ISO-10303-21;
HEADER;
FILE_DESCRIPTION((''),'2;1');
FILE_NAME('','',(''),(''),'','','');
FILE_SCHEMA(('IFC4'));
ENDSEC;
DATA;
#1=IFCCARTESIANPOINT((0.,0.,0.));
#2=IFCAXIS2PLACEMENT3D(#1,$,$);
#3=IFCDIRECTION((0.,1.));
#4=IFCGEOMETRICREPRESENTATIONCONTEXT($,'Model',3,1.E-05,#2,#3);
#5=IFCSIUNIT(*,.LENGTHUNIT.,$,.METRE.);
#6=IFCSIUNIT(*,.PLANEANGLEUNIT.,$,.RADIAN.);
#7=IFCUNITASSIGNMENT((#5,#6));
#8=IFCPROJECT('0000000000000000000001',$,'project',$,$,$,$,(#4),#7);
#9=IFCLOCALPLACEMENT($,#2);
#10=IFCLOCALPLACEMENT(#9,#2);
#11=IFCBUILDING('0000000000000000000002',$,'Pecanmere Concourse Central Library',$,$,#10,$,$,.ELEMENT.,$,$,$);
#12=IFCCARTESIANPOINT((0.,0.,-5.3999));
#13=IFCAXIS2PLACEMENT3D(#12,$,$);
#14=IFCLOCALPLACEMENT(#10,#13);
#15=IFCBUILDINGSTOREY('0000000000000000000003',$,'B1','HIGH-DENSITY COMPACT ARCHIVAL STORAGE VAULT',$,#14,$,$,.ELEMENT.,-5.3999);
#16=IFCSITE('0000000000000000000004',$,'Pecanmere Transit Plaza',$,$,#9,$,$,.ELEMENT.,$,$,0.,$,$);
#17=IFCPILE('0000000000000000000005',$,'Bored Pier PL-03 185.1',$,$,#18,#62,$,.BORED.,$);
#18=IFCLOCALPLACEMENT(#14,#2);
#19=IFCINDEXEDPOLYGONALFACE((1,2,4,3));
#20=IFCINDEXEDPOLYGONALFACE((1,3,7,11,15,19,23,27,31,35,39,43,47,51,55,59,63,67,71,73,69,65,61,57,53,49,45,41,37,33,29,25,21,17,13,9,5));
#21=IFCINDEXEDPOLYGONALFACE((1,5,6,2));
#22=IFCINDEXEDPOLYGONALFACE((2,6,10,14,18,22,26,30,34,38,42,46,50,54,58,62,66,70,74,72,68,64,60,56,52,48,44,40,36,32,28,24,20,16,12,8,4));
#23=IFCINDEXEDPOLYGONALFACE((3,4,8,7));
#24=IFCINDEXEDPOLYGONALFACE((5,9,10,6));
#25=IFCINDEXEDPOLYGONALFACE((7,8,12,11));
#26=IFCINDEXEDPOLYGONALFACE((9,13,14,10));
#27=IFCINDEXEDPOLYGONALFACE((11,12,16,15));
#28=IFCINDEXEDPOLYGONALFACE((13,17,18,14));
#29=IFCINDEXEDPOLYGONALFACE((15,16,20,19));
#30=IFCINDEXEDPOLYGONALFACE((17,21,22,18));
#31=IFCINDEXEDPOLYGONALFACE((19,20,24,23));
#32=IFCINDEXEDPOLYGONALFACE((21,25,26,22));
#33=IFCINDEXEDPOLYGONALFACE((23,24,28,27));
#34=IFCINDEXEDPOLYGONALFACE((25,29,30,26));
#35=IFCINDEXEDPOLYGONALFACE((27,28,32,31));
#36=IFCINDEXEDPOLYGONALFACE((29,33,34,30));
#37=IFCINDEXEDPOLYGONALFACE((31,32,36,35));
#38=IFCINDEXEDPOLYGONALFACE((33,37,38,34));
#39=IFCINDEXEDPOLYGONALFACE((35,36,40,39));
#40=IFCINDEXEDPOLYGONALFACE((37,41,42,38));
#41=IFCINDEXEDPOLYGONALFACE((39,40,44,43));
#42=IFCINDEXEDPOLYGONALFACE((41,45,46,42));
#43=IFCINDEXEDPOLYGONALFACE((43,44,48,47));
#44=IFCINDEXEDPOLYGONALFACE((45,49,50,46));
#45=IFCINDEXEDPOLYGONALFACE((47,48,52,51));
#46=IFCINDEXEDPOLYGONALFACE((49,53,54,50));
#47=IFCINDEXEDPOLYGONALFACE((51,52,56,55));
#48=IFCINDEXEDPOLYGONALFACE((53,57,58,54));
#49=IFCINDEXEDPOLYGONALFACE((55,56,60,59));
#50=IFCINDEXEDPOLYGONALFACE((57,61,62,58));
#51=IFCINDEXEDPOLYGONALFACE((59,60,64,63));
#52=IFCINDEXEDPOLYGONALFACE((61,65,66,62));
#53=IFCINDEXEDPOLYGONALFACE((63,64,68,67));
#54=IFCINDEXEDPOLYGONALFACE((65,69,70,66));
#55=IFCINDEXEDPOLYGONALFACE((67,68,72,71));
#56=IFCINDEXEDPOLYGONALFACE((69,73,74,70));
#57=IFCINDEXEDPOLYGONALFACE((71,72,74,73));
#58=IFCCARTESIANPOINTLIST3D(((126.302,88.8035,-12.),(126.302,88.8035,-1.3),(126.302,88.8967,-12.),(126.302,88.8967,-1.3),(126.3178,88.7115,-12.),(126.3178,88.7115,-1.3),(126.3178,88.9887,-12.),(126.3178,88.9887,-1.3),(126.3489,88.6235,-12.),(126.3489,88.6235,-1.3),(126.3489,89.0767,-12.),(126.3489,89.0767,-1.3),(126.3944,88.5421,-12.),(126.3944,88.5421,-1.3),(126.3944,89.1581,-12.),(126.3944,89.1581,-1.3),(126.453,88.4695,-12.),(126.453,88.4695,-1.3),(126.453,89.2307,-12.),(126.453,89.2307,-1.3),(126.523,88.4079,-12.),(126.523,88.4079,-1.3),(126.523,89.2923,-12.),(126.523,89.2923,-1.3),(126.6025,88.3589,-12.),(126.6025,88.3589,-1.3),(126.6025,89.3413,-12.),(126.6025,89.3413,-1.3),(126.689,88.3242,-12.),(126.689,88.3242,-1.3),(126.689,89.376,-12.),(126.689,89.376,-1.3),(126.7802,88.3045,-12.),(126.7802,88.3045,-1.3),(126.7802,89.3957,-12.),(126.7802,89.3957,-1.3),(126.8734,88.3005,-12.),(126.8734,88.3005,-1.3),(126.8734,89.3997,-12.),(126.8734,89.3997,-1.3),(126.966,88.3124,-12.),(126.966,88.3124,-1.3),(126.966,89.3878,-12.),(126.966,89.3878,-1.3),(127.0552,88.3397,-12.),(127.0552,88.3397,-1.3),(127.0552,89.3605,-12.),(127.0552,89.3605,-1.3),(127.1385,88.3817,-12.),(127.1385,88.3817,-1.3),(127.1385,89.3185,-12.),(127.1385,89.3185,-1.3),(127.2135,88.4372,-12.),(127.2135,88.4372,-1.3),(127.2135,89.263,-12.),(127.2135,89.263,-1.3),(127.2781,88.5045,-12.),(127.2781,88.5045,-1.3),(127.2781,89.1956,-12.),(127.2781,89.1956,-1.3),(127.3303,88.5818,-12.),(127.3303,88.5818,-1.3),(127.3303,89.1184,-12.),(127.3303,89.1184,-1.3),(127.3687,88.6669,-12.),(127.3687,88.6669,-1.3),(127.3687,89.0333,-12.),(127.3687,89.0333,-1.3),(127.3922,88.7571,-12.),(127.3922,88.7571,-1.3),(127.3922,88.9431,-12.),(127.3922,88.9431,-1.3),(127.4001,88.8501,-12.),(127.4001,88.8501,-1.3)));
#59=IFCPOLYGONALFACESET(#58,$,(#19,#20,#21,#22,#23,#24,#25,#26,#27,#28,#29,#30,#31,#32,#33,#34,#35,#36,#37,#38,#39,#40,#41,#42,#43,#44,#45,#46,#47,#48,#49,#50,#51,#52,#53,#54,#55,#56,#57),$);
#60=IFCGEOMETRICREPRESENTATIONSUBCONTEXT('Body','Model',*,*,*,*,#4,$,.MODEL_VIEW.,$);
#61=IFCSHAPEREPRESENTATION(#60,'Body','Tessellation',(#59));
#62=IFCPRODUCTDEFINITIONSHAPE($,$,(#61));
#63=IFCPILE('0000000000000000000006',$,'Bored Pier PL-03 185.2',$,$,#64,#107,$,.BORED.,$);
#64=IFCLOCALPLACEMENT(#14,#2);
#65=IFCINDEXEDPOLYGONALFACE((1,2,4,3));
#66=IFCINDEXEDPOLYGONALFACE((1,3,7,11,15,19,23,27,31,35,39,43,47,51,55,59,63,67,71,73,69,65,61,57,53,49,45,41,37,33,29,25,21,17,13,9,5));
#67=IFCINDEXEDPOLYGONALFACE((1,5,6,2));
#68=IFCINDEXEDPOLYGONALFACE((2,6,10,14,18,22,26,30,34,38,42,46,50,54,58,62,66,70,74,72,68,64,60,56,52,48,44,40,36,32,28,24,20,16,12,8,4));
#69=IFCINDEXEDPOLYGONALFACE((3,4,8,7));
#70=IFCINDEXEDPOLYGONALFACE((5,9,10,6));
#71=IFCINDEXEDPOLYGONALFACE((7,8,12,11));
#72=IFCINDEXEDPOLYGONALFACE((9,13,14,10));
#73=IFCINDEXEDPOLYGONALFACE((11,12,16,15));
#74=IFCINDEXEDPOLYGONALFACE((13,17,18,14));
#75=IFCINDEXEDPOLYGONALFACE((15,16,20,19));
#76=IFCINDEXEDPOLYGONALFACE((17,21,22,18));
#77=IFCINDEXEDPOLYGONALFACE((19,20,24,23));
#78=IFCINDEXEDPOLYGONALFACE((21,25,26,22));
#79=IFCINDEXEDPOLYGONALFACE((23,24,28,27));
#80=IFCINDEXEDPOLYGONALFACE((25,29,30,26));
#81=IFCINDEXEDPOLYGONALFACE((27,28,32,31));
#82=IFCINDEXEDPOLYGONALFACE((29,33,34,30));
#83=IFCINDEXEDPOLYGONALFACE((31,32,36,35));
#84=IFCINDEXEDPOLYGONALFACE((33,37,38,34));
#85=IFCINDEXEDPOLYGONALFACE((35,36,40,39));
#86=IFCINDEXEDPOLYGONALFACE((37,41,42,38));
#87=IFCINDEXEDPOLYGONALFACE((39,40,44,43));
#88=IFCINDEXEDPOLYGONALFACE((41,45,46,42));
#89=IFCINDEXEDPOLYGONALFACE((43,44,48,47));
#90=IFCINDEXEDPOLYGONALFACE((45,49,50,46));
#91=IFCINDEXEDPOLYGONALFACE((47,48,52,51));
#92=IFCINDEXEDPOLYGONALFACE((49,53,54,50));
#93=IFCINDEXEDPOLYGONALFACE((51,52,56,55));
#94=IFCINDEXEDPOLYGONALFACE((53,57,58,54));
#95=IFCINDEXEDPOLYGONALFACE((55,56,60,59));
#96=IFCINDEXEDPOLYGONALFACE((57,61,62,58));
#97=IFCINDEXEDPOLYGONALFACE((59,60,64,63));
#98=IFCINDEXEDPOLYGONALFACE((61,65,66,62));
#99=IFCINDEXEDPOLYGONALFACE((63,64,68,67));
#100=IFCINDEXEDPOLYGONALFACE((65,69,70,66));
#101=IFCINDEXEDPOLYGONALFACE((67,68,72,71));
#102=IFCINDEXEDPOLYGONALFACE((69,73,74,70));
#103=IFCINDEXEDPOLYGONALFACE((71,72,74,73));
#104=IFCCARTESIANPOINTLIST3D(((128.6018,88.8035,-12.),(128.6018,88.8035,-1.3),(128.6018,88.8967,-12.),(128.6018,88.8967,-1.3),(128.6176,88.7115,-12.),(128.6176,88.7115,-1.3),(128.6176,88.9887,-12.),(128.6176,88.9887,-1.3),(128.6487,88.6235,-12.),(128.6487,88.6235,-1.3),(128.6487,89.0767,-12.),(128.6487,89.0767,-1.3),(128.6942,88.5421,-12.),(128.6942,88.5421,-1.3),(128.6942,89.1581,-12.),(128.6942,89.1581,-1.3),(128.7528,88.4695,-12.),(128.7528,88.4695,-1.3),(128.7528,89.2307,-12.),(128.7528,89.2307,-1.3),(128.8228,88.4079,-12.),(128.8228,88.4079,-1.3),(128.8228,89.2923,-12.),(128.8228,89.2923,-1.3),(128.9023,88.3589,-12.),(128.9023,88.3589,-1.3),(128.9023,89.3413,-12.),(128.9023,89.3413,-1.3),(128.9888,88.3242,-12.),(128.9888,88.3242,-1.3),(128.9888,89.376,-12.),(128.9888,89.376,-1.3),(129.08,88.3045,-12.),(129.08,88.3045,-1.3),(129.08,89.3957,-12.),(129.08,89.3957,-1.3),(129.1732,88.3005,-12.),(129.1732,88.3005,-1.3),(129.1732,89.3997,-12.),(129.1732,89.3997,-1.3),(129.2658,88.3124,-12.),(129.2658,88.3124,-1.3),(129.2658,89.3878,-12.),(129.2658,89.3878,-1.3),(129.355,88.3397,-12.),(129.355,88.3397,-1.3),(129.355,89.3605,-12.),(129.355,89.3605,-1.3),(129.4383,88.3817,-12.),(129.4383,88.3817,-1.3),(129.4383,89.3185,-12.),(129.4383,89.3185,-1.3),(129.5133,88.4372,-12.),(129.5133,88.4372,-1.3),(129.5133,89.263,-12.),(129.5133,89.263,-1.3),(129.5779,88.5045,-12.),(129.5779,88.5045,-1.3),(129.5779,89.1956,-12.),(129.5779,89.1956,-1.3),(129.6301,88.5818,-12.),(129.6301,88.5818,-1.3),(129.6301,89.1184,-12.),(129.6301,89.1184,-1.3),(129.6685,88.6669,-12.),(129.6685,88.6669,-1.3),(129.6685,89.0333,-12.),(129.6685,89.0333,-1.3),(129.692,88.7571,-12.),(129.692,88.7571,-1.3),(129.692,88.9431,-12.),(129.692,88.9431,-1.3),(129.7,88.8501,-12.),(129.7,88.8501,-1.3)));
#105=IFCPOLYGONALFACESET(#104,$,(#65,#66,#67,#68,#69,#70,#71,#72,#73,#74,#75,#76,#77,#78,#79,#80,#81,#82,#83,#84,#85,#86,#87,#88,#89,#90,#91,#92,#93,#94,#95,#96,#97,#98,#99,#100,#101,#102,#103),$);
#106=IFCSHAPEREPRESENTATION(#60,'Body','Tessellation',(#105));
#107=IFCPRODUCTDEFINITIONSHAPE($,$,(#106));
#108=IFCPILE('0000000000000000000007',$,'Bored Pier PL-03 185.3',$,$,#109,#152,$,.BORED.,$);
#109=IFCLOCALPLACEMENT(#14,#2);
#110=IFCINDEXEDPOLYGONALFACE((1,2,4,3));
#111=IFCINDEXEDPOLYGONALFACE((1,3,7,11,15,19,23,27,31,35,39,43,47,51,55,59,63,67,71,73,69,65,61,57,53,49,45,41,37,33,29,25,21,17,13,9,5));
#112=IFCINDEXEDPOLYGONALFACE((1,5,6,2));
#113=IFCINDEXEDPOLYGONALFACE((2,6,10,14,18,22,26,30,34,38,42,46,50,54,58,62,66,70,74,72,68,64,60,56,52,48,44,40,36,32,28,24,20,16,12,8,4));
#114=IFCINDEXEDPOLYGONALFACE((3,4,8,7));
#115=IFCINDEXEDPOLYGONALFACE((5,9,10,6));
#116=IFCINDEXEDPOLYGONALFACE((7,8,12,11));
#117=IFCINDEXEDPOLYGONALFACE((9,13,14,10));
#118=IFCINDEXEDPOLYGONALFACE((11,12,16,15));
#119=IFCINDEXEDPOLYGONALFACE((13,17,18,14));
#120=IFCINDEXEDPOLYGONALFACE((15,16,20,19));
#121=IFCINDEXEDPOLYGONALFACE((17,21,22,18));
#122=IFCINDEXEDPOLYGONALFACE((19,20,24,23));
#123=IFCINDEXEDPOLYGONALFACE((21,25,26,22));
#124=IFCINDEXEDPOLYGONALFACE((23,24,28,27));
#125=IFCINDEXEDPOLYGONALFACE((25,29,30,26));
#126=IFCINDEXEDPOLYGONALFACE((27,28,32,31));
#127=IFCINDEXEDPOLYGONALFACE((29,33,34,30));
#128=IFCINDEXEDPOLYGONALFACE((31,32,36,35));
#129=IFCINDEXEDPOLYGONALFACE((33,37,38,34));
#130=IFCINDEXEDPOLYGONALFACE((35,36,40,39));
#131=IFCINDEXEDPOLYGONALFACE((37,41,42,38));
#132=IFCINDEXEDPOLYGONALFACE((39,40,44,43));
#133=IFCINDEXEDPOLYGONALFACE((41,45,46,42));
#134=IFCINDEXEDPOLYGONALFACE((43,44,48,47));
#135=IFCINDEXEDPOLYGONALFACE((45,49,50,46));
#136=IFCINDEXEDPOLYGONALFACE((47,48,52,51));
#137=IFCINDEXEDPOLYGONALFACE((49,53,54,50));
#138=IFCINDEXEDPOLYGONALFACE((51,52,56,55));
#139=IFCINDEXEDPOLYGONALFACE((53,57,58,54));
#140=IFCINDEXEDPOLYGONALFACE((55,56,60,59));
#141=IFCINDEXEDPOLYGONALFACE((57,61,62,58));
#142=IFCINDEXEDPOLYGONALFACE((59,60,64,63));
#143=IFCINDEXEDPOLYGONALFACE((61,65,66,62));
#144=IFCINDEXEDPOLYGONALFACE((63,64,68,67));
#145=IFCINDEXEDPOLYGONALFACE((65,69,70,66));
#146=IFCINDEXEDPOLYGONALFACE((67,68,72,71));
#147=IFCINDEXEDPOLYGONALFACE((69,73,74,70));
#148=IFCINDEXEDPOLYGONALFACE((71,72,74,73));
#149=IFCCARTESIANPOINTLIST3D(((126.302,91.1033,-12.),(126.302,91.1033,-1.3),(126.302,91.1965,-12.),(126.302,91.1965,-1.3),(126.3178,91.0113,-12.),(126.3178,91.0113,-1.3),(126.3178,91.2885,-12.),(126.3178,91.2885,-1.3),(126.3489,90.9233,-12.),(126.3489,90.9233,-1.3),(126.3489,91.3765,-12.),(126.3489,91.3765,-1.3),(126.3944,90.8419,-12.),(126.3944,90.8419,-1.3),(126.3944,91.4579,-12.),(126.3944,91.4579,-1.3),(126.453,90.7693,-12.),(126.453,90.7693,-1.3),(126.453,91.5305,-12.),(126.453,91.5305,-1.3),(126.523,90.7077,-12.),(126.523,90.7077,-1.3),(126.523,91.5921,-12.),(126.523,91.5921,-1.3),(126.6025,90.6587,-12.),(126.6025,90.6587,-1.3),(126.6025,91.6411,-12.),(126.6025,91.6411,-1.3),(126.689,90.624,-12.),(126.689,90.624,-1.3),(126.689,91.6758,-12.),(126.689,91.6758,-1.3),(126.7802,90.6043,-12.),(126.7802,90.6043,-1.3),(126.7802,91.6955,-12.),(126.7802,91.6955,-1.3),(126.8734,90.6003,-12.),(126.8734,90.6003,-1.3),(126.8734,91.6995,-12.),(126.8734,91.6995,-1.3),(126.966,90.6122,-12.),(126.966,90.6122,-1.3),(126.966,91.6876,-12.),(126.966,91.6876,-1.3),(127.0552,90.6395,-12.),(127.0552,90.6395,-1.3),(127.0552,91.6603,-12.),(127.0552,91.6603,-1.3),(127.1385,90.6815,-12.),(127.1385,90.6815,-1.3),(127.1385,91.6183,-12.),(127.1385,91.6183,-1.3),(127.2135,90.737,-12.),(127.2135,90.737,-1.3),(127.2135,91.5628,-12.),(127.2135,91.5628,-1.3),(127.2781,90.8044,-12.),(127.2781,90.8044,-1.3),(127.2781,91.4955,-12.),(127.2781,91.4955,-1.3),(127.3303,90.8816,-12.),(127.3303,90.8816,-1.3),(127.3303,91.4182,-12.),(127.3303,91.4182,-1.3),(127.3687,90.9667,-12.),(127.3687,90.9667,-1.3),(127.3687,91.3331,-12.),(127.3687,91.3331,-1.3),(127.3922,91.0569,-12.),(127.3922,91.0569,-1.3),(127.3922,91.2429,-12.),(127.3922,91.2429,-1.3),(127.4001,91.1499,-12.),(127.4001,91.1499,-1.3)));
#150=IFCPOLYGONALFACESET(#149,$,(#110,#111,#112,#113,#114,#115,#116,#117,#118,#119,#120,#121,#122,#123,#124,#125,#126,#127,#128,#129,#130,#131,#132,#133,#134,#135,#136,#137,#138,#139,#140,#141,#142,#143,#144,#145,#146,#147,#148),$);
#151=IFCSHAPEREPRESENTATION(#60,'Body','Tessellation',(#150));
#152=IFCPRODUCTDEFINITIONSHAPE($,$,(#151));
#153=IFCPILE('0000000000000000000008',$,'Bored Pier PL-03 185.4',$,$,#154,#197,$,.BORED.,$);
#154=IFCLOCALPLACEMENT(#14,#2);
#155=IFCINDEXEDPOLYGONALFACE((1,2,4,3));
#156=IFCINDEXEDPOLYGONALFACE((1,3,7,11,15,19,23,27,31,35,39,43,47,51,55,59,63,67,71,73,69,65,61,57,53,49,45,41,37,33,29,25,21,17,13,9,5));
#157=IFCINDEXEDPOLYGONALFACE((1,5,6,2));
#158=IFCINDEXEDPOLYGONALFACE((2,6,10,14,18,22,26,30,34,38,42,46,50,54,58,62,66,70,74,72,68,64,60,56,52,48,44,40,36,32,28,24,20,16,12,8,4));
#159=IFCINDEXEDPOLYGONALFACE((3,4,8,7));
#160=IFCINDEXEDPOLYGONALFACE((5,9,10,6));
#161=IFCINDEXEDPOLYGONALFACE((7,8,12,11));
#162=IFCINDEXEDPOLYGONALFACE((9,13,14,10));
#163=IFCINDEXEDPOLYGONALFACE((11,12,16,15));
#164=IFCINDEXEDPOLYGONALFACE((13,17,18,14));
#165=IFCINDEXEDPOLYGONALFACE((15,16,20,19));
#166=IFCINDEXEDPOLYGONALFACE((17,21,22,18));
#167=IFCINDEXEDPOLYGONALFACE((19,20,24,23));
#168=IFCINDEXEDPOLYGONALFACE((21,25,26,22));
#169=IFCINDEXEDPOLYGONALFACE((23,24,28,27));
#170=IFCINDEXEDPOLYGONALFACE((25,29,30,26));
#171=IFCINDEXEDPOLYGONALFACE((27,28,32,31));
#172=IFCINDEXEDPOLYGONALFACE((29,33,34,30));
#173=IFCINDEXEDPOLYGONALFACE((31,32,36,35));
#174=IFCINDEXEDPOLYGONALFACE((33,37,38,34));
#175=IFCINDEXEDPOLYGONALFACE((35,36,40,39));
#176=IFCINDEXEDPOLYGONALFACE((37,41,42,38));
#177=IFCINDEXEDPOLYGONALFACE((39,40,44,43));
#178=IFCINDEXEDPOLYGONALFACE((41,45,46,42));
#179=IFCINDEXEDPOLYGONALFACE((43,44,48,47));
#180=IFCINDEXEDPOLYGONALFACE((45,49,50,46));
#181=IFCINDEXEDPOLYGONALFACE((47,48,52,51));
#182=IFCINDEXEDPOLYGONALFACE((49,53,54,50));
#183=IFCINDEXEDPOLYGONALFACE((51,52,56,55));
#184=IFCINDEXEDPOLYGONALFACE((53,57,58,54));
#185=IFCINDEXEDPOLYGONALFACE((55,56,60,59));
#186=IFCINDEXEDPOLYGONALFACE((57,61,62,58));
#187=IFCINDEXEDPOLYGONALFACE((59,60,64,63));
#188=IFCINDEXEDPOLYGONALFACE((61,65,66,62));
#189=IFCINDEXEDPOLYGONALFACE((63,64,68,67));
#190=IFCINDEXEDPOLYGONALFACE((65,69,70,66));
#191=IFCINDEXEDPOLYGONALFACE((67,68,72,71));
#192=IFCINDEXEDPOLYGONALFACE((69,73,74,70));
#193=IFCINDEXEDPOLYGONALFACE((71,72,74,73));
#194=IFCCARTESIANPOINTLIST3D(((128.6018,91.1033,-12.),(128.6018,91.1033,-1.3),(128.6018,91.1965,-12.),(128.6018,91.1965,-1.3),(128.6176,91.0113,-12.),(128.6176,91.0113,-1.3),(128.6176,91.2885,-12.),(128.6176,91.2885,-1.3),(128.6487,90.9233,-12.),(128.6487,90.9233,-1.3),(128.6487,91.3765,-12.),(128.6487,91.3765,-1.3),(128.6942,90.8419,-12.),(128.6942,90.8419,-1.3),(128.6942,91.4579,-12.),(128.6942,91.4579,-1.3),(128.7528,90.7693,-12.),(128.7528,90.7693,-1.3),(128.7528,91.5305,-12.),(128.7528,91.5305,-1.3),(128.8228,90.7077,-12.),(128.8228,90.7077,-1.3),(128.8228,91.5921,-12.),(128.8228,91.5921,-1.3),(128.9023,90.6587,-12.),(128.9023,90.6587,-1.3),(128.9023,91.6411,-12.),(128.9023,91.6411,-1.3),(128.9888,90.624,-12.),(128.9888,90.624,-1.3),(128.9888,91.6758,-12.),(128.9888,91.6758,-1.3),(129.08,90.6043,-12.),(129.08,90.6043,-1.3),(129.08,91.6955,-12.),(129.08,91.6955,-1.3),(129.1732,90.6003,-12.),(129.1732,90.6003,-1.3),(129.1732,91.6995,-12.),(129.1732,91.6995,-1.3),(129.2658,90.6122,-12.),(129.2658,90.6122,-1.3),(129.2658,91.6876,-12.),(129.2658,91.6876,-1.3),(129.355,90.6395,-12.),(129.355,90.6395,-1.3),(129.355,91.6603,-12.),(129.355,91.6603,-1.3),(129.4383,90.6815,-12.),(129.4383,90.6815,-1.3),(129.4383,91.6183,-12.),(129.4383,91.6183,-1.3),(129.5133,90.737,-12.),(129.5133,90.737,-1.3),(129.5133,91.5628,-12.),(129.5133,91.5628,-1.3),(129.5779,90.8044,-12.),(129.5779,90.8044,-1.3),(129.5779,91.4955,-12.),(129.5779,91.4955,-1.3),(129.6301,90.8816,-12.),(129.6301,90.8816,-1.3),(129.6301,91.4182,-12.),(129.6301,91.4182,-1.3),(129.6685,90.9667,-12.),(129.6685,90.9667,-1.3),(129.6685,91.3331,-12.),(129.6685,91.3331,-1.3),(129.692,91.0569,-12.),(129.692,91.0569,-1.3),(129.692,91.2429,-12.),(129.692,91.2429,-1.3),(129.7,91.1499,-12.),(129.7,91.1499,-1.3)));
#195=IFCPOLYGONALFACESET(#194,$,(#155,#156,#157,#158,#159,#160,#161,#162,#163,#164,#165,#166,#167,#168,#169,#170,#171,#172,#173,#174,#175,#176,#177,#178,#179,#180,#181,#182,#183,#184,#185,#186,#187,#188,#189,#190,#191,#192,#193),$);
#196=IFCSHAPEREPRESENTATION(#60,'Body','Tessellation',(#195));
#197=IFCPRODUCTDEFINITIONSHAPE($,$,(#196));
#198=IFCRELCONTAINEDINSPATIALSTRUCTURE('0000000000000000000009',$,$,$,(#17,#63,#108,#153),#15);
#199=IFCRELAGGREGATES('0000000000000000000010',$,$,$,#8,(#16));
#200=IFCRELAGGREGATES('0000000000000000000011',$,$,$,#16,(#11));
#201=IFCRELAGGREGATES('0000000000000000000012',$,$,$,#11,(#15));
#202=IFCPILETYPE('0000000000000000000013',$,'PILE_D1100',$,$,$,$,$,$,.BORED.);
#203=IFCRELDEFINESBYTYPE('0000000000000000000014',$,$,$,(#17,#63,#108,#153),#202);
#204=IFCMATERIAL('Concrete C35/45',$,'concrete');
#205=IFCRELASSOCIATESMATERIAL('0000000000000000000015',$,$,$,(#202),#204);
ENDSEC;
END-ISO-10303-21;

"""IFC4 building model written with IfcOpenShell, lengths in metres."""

from ifc_helpers import new_model, si_unit, direction, frame, origin, origin_2d, place, context, subcontext, project, spatial, circle, extrude, material, material_profile, profile_set, type_object, element, save


model = new_model("IFC4")

# Units and contexts
model_context = context("Model", 3, precision=1e-05, world=origin(), true_north=direction((0.0, 1.0)))
body_context = subcontext(model_context, "Body", "Model", "MODEL_VIEW")
ifc_project = project(units=[si_unit("LENGTHUNIT", "METRE"), si_unit("PLANEANGLEUNIT", "RADIAN")], contexts=[model_context])

# Site, building, storey
site_placement = place(None, origin())
site = spatial("IfcSite", under=ifc_project, at=site_placement, Name="Pecanmere Transit Plaza", CompositionType="ELEMENT", RefElevation=0.0)
building_placement = place(site_placement, origin())
building = spatial("IfcBuilding", under=site, at=building_placement, Name="Pecanmere Concourse Central Library", CompositionType="ELEMENT")
storey_placement = place(building_placement, frame((0.0, 0.0, -5.3999)))
storey = spatial("IfcBuildingStorey", under=building, at=storey_placement, Name="B1", Description="HIGH-DENSITY COMPACT ARCHIVAL STORAGE VAULT", CompositionType="ELEMENT", Elevation=-5.3999)

# Piles
ifc_material_1 = material(Name="Concrete C35/45", Category="concrete")
ifc_material_profile_1 = material_profile(ifc_material_1, circle(Radius=0.55, at=origin_2d()), Name="PIER D1100")
ifc_profile_set_1 = profile_set([ifc_material_profile_1], Name="Concrete C35/45")
pile_type = type_object("IfcPileType", Name="PILE_D1100", PredefinedType="BORED", material=ifc_profile_set_1)
for number, where, z_axis, x_axis, name in (
    (1, (126.8501, 88.8501, -1.3), (0.0, 0.0, -1.0), (1.0, 0.0, 0.0), "Bored Pier PL-03 185.1"),
    (2, (129.1499, 88.8501, -1.3), (0.0, 0.0, -1.0), (1.0, 0.0, 0.0), "Bored Pier PL-03 185.2"),
    (3, (126.8501, 91.1499, -1.3), (0.0, 0.0, -1.0), (1.0, 0.0, 0.0), "Bored Pier PL-03 185.3"),
    (4, (129.1499, 91.1499, -1.3), (0.0, 0.0, -1.0), (1.0, 0.0, 0.0), "Bored Pier PL-03 185.4"),
):
    element("IfcPile", number, at=place(storey_placement, frame(where, z_axis=z_axis, x_axis=x_axis)), inside=storey, type_object=pile_type, Name=name, PredefinedType="BORED", context=body_context, shape_type="SweptSolid", body=[
        extrude(circle(Radius=0.55, at=origin_2d()), origin(), (0.0, 0.0, 1.0), 10.7),
    ])

save(model, "model.ifc")
